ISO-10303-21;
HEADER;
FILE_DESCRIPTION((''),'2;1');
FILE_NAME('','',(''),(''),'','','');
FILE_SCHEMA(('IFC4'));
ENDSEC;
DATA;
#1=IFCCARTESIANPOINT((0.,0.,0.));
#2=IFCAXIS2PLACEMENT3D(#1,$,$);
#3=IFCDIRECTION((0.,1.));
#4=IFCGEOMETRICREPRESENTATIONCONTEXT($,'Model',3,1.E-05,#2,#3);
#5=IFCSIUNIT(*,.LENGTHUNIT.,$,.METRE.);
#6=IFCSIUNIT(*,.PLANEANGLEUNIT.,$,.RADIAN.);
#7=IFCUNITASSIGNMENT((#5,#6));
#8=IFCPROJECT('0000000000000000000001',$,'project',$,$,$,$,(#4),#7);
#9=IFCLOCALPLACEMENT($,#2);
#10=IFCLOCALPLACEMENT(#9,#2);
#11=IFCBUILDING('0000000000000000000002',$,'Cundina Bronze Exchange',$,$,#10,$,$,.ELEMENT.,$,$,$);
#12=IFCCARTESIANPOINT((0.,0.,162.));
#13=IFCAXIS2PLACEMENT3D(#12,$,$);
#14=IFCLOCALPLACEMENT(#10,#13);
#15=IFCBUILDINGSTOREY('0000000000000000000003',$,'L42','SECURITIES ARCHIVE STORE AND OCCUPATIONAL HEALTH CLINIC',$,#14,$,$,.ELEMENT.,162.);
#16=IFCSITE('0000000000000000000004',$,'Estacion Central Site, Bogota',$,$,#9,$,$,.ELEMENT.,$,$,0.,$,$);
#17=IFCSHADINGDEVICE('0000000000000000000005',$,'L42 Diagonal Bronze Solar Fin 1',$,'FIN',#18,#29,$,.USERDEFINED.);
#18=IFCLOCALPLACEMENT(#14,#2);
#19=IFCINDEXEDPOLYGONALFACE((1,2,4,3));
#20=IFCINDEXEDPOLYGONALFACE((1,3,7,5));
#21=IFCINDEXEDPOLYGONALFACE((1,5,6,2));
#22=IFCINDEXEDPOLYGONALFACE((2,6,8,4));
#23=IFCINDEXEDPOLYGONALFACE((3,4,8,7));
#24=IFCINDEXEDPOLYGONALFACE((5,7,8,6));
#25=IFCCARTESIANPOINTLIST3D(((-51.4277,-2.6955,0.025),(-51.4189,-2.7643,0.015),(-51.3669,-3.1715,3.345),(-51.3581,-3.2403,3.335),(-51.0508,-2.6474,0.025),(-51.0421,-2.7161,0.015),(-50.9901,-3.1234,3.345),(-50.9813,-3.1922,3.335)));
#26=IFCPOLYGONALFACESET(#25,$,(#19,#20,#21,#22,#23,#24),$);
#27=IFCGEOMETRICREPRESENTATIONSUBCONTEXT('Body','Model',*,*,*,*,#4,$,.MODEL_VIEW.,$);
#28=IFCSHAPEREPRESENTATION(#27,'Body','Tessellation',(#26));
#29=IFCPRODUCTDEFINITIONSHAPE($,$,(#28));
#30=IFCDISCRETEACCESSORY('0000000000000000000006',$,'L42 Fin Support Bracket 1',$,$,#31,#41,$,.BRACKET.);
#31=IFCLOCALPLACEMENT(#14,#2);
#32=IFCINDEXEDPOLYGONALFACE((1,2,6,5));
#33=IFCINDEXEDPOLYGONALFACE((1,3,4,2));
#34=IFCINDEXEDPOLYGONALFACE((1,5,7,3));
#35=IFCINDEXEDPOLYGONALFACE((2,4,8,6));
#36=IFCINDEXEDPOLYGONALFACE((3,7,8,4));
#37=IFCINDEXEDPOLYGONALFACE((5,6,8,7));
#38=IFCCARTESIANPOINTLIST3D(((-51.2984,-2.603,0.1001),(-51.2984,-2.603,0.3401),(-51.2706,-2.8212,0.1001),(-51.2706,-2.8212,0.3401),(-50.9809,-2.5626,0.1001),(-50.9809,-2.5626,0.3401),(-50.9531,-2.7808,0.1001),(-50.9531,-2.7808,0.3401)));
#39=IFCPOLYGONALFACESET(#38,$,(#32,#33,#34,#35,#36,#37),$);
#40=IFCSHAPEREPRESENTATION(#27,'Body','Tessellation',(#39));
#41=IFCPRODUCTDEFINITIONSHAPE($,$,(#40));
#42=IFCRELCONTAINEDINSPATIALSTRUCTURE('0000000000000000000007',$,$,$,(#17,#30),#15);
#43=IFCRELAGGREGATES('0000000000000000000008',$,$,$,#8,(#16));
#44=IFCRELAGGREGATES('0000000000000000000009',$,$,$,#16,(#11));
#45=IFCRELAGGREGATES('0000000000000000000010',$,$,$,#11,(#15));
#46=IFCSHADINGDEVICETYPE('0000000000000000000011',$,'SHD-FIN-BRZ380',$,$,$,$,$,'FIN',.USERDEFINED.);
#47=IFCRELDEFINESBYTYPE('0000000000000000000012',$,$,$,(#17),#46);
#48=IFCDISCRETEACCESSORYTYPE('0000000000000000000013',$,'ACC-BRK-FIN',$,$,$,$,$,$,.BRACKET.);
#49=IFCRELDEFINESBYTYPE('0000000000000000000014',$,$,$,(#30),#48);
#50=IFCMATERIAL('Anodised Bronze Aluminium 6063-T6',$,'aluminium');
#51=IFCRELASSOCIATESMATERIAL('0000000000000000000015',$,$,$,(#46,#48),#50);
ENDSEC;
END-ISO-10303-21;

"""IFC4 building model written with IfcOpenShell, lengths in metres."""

from ifc_helpers import new_model, si_unit, direction, frame, origin, origin_2d, place, context, subcontext, project, spatial, rectangle, extrude, material, material_profile, profile_set, type_object, element, save


model = new_model("IFC4")

# Units and contexts
model_context = context("Model", 3, precision=1e-05, world=origin(), true_north=direction((0.0, 1.0)))
body_context = subcontext(model_context, "Body", "Model", "MODEL_VIEW")
ifc_project = project(units=[si_unit("LENGTHUNIT", "METRE"), si_unit("PLANEANGLEUNIT", "RADIAN")], contexts=[model_context])

# Site, building, storey
site_placement = place(None, origin())
site = spatial("IfcSite", under=ifc_project, at=site_placement, Name="Estacion Central Site, Bogota", CompositionType="ELEMENT", RefElevation=0.0)
building_placement = place(site_placement, origin())
building = spatial("IfcBuilding", under=site, at=building_placement, Name="Cundina Bronze Exchange", CompositionType="ELEMENT")
storey_placement = place(building_placement, frame((0.0, 0.0, 162.0)))
storey = spatial("IfcBuildingStorey", under=building, at=storey_placement, Name="L42", Description="SECURITIES ARCHIVE STORE AND OCCUPATIONAL HEALTH CLINIC", CompositionType="ELEMENT", Elevation=162.0)

# Shared definitions
ifc_material_1 = material(Name="Anodised Bronze Aluminium 6063-T6", Category="aluminium")

# Shading device
ifc_material_profile_1 = material_profile(ifc_material_1, rectangle(XDim=0.0701, YDim=0.3799, at=origin_2d()), Name="FIN70X380", Category="aluminium")
ifc_profile_set_1 = profile_set([ifc_material_profile_1], Name="Anodised Bronze Aluminium 6063-T6")
shading_device_type = type_object("IfcShadingDeviceType", Name="SHD-FIN-BRZ380", ElementType="FIN", PredefinedType="USERDEFINED", material=ifc_profile_set_1)
shading_device_placement = place(storey_placement, frame((-51.2349, -2.7058, 0.02), z_axis=(0.018122, -0.141918, 0.989713), x_axis=(-0.125361, 0.981741, 0.14307)))
element("IfcShadingDevice", 1, at=shading_device_placement, inside=storey, type_object=shading_device_type, Name="L42 Diagonal Bronze Solar Fin 1", ObjectType="FIN", PredefinedType="USERDEFINED", context=body_context, shape_type="SweptSolid", body=[
    extrude(rectangle(XDim=0.0701, YDim=0.3799, at=origin_2d()), origin(), (0.0, 0.0, 1.0), 3.3545),
])

# Discrete accessory
discrete_accessory_type = type_object("IfcDiscreteAccessoryType", Name="ACC-BRK-FIN", PredefinedType="BRACKET", material=ifc_material_1)
discrete_accessory_placement = place(storey_placement, frame((-51.1257, -2.6919, 0.1001), z_axis=(0.0, 0.0, 1.0), x_axis=(0.126476, -0.99197, 0.0)))
element("IfcDiscreteAccessory", 2, at=discrete_accessory_placement, inside=storey, type_object=discrete_accessory_type, Name="L42 Fin Support Bracket 1", PredefinedType="BRACKET", context=body_context, shape_type="SweptSolid", body=[
    extrude(rectangle(XDim=0.22, YDim=0.3201, at=origin_2d()), origin(), (0.0, 0.0, 1.0), 0.24),
])

save(model, "model.ifc")
